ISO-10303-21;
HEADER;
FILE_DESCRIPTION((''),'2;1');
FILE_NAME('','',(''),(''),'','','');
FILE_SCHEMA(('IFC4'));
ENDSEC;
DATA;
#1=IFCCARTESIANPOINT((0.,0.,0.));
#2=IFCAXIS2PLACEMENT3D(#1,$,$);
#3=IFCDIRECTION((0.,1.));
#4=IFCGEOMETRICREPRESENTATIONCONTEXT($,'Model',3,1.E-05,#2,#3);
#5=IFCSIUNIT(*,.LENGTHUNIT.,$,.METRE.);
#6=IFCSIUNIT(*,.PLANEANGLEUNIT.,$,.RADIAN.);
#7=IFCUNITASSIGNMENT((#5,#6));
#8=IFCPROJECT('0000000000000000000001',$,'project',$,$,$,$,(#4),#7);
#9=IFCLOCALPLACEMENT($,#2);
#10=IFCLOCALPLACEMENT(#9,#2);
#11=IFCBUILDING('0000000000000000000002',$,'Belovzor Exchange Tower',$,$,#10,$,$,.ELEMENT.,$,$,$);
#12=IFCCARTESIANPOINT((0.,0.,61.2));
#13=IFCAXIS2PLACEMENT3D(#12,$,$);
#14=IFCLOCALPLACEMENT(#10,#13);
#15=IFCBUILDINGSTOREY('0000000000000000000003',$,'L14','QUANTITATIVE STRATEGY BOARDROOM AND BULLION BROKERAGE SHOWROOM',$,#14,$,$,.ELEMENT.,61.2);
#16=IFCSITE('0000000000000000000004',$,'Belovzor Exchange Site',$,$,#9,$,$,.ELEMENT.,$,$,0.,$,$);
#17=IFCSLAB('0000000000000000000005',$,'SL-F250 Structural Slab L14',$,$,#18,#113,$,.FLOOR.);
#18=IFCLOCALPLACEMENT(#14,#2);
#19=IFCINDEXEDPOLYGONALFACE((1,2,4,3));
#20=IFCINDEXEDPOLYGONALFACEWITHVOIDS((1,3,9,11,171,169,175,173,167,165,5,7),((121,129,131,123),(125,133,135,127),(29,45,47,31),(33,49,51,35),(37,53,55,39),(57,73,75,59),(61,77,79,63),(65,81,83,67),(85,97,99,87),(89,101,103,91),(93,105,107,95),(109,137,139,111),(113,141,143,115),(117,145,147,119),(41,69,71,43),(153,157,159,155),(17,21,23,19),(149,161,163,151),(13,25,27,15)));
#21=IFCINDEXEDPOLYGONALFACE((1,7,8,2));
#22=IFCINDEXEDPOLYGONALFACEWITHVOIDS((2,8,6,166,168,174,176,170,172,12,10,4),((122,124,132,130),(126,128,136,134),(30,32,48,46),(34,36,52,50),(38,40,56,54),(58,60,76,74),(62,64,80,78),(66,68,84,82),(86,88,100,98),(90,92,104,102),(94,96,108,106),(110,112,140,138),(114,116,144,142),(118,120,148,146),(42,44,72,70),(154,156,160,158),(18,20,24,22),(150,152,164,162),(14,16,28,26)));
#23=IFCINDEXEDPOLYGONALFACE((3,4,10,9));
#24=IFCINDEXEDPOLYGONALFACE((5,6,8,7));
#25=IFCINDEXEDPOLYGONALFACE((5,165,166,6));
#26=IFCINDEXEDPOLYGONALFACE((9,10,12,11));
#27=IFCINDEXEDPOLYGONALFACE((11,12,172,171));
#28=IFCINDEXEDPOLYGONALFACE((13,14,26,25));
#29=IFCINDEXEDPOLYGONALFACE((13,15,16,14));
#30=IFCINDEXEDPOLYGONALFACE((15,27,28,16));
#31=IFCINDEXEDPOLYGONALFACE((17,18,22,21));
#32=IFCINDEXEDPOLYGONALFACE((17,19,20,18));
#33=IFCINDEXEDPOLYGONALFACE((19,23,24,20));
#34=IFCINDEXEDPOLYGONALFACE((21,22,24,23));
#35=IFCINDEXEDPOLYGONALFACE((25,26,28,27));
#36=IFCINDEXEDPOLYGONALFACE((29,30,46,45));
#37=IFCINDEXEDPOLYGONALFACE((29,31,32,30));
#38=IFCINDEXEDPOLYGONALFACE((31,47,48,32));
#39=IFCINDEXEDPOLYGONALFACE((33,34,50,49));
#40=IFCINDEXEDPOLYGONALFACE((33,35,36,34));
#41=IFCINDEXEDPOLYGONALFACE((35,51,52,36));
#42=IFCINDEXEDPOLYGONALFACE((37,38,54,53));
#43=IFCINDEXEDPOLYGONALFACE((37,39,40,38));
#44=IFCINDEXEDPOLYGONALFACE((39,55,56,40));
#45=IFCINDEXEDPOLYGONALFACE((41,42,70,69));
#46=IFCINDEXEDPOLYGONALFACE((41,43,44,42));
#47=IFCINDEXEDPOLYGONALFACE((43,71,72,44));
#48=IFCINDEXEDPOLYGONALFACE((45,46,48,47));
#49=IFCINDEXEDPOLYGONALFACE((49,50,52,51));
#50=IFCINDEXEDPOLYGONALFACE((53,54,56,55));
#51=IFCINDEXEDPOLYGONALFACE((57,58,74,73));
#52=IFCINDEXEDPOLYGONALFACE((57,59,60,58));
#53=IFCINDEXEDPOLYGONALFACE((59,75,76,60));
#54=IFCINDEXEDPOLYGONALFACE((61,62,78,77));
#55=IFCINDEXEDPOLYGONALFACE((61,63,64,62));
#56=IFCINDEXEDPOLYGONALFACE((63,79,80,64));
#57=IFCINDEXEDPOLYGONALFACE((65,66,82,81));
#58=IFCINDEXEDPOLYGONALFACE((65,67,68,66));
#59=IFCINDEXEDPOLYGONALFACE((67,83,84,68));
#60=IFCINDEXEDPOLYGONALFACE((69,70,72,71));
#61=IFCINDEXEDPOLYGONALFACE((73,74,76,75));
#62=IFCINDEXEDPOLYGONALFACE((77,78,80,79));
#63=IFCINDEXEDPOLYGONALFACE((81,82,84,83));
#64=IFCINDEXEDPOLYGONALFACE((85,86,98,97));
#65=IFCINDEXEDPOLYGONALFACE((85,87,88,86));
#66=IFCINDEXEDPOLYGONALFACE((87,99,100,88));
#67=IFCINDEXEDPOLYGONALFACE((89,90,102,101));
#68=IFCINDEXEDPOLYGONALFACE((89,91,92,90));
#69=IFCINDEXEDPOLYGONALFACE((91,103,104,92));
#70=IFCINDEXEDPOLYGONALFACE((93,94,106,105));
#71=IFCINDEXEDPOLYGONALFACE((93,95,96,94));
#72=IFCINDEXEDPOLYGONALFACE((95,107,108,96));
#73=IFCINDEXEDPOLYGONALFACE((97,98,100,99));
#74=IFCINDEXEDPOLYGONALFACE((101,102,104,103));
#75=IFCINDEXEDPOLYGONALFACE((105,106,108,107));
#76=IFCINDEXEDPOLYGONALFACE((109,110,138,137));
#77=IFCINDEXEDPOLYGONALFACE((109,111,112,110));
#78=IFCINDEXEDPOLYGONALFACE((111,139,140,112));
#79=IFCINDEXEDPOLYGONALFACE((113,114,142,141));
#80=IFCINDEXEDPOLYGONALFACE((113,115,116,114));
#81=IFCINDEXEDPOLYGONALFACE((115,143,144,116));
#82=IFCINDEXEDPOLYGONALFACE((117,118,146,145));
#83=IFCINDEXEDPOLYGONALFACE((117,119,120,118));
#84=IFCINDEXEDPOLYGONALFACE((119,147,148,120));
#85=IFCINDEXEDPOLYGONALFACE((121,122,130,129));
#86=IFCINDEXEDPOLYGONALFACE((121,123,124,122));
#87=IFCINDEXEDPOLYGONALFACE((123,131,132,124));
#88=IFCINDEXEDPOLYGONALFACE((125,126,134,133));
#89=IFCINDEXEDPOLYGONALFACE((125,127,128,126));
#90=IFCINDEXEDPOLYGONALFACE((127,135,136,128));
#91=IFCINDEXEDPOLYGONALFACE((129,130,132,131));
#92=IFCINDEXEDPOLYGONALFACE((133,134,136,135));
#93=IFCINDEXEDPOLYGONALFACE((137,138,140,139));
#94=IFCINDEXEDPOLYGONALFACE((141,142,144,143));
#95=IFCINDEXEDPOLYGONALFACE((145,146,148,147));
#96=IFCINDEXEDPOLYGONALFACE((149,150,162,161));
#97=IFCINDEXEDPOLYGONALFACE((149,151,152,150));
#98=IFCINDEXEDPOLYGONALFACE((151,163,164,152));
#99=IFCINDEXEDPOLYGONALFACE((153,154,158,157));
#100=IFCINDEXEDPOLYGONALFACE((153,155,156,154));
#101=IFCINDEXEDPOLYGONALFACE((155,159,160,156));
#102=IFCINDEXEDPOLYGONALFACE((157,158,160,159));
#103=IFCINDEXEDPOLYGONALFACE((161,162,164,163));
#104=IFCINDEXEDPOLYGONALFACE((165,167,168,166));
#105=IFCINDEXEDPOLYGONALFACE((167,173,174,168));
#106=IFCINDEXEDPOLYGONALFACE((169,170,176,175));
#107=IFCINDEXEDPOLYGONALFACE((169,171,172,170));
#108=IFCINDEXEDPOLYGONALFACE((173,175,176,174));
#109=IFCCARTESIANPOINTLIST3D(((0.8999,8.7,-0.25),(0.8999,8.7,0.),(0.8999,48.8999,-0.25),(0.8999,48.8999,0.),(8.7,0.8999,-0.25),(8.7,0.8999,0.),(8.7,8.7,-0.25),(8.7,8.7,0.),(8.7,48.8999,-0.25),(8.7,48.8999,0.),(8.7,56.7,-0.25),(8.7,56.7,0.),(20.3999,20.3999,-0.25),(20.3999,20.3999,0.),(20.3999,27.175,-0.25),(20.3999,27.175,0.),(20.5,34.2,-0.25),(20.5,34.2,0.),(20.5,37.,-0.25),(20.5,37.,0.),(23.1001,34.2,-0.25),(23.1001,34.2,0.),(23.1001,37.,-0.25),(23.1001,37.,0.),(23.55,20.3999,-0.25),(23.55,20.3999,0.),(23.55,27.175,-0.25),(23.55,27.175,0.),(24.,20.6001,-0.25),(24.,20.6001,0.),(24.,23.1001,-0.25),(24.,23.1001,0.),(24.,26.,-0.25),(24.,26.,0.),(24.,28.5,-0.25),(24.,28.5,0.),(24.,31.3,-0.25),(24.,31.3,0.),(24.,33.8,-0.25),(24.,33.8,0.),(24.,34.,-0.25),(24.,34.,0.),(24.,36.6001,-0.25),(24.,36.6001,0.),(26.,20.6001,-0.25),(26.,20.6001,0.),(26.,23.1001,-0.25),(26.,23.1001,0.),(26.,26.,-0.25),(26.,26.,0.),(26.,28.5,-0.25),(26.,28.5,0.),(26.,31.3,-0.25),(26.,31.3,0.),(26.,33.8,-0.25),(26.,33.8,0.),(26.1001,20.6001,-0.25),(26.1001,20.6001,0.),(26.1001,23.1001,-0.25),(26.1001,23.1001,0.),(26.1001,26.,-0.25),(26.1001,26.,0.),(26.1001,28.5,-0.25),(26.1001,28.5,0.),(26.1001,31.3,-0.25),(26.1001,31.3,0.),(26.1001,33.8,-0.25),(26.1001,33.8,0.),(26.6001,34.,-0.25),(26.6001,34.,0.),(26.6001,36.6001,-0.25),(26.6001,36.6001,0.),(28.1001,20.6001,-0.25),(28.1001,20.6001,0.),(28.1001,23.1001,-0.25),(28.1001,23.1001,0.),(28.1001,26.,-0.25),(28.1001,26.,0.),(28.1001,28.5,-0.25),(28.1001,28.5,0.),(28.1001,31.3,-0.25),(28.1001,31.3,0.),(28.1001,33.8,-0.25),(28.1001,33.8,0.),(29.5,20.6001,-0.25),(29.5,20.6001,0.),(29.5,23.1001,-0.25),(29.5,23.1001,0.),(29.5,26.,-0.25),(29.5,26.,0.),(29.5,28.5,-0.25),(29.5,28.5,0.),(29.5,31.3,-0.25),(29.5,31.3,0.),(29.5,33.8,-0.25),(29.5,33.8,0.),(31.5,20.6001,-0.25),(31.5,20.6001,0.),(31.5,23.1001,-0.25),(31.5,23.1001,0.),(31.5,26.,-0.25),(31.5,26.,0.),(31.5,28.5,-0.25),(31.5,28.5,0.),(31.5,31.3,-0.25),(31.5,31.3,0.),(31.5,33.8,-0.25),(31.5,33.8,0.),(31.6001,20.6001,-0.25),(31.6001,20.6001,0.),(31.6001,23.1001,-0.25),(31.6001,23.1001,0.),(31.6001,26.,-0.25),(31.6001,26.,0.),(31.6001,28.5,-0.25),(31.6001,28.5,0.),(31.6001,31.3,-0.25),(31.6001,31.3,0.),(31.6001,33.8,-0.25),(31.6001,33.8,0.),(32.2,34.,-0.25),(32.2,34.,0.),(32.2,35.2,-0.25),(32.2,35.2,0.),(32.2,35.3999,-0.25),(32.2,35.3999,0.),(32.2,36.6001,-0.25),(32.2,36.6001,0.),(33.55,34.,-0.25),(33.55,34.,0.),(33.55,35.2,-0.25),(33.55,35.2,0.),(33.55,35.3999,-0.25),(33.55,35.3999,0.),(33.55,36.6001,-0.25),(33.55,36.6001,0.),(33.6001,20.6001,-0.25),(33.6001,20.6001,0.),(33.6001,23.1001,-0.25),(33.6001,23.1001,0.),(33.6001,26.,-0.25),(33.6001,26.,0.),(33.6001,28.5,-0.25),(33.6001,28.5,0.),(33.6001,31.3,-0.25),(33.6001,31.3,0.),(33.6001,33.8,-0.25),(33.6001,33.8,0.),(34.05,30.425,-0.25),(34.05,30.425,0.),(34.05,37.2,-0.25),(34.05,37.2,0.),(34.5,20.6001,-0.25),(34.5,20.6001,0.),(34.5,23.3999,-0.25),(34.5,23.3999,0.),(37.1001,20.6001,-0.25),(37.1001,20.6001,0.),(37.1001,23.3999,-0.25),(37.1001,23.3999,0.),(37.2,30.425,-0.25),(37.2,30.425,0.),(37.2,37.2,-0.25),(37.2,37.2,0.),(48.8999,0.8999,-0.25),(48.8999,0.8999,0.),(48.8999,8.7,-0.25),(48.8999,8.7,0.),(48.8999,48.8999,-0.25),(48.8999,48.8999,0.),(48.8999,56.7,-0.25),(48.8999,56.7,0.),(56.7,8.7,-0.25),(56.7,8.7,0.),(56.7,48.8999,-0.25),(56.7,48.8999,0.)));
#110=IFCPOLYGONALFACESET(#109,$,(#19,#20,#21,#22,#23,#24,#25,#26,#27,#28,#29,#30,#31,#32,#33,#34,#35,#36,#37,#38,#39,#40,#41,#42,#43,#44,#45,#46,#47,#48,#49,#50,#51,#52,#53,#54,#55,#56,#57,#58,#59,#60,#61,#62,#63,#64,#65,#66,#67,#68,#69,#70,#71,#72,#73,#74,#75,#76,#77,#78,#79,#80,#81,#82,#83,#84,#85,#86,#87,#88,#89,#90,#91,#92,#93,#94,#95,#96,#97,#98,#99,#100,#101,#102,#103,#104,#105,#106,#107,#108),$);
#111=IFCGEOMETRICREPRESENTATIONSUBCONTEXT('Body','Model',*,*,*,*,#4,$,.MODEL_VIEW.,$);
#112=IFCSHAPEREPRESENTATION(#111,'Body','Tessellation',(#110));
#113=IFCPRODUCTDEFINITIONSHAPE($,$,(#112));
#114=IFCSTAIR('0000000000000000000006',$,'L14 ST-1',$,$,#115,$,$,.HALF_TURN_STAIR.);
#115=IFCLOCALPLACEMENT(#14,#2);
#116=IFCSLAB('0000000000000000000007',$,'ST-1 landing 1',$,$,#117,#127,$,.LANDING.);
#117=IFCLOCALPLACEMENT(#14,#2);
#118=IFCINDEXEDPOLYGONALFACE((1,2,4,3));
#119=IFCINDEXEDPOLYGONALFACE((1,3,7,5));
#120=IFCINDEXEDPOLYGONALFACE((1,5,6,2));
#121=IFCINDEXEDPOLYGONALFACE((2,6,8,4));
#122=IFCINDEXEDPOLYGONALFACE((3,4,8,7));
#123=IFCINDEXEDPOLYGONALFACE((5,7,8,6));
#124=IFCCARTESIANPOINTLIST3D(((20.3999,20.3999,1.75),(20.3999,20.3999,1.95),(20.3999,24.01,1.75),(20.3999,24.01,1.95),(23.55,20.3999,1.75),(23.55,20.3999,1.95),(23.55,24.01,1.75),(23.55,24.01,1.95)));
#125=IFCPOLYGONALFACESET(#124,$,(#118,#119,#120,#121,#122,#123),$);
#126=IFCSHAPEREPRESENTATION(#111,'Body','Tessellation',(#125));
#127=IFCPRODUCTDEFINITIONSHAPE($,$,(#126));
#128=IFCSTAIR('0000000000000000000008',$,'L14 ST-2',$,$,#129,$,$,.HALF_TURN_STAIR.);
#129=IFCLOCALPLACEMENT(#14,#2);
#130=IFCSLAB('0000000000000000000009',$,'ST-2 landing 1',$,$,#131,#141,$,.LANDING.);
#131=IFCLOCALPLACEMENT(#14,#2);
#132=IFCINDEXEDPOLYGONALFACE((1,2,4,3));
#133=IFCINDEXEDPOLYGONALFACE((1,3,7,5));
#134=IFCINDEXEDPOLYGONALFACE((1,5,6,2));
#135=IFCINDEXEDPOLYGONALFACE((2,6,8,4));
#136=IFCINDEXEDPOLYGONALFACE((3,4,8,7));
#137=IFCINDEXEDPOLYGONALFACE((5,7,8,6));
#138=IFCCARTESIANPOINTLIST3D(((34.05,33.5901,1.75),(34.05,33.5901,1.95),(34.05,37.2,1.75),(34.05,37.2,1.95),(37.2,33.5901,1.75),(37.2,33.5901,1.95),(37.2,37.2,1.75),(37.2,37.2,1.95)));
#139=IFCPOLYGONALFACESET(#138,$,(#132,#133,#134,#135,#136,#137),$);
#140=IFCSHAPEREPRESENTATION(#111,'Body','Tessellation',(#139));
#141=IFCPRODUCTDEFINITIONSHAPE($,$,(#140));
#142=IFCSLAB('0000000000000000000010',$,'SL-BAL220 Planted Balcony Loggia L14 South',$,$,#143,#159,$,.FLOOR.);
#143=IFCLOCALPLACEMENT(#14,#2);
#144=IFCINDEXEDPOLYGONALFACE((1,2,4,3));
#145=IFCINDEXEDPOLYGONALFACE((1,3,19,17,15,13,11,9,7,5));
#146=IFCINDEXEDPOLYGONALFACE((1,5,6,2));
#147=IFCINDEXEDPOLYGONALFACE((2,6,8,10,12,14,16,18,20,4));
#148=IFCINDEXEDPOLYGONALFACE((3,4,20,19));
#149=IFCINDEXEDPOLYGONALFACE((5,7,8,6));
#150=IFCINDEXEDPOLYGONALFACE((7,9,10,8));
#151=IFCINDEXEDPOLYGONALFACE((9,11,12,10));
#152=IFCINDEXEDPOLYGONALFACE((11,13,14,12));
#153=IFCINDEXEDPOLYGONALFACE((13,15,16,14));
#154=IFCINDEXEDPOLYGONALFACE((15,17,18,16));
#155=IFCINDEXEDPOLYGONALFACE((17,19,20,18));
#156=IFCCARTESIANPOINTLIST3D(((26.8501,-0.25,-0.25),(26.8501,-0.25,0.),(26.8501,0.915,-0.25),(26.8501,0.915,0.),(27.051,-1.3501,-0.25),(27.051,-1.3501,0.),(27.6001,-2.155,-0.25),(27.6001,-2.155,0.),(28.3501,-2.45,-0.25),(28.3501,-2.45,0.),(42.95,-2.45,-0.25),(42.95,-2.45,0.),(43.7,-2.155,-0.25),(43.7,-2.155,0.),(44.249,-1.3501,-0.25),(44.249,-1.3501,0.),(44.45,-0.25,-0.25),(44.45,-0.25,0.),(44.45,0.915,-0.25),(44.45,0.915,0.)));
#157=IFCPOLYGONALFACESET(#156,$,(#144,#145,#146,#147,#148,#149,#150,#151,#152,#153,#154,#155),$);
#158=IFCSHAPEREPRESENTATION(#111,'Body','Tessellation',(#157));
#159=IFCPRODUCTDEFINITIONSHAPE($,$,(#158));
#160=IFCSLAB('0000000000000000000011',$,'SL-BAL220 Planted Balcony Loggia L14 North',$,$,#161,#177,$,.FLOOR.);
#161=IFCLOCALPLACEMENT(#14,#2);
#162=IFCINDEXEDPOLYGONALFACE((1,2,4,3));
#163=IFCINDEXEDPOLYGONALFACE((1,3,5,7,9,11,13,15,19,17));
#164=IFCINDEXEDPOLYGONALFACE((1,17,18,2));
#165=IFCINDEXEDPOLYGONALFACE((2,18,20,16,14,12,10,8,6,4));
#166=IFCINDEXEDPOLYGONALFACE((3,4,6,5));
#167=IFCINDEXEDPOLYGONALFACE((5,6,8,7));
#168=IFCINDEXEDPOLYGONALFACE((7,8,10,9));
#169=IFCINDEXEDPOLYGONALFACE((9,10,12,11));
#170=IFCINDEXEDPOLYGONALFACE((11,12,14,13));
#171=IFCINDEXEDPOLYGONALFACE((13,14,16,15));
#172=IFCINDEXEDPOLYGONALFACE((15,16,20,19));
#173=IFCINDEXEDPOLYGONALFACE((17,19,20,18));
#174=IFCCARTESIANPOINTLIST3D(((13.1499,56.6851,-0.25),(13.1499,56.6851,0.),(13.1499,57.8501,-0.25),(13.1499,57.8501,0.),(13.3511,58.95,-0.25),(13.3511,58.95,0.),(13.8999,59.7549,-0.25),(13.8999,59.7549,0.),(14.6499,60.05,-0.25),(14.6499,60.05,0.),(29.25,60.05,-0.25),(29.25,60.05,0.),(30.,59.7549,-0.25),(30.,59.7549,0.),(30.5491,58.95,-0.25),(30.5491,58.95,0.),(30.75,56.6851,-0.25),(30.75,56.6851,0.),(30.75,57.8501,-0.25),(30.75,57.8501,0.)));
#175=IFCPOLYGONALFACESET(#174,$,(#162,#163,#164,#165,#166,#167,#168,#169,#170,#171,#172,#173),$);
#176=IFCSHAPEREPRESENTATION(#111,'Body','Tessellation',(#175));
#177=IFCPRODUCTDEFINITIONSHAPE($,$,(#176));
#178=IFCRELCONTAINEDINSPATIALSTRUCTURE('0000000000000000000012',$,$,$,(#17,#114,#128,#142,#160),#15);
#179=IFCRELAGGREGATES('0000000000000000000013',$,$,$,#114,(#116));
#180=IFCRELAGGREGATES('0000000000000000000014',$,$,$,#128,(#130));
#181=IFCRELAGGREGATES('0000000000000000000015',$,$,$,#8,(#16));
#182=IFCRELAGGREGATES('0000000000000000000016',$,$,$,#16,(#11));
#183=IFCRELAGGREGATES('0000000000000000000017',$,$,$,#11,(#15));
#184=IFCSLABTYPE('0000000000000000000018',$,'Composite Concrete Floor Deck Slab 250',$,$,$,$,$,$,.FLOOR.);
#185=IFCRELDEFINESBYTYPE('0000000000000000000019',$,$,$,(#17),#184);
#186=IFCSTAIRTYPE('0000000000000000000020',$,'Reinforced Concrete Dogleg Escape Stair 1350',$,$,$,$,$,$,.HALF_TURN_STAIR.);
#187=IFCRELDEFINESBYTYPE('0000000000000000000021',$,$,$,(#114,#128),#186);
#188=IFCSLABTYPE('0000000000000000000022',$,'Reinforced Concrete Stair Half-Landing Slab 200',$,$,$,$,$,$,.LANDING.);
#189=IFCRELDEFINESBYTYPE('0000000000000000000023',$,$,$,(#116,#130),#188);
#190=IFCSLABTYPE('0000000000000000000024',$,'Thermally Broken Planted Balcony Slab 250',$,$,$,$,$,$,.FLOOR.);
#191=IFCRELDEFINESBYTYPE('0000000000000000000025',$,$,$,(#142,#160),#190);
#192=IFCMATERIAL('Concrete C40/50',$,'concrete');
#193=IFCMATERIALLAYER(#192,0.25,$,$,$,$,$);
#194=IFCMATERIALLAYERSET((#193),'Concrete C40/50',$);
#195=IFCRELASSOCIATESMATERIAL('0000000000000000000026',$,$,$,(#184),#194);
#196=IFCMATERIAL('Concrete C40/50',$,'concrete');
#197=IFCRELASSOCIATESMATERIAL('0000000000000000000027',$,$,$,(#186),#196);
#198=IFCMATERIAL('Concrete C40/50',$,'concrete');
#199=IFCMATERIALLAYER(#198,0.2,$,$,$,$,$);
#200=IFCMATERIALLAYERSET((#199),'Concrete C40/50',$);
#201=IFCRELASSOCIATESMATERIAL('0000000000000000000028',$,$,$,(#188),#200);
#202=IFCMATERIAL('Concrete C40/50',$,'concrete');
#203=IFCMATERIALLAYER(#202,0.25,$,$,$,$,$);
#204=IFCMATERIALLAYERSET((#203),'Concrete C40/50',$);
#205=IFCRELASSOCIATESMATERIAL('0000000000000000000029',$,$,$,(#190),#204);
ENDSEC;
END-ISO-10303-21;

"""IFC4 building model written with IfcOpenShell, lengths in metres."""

from ifc_helpers import new_model, si_unit, direction, frame, origin, place, context, subcontext, project, spatial, polyline, outline, extrude, material, layer, layer_set, type_object, element, aggregate, save


model = new_model("IFC4")

# Units and contexts
model_context = context("Model", 3, precision=1e-05, world=origin(), true_north=direction((0.0, 1.0)))
body_context = subcontext(model_context, "Body", "Model", "MODEL_VIEW")
ifc_project = project(units=[si_unit("LENGTHUNIT", "METRE"), si_unit("PLANEANGLEUNIT", "RADIAN")], contexts=[model_context])

# Site, building, storey
site_placement = place(None, origin())
site = spatial("IfcSite", under=ifc_project, at=site_placement, Name="Belovzor Exchange Site", CompositionType="ELEMENT", RefElevation=0.0)
building_placement = place(site_placement, origin())
building = spatial("IfcBuilding", under=site, at=building_placement, Name="Belovzor Exchange Tower", CompositionType="ELEMENT")
storey_placement = place(building_placement, frame((0.0, 0.0, 61.2)))
storey = spatial("IfcBuildingStorey", under=building, at=storey_placement, Name="L14", Description="QUANTITATIVE STRATEGY BOARDROOM AND BULLION BROKERAGE SHOWROOM", CompositionType="ELEMENT", Elevation=61.2)

# Slab
ifc_material_1 = material(Name="Concrete C40/50", Category="concrete")
ifc_layer_1 = layer(ifc_material_1, 0.25)
ifc_layer_set_1 = layer_set([ifc_layer_1], Name="Concrete C40/50")
slab_type_1 = type_object("IfcSlabType", Name="Composite Concrete Floor Deck Slab 250", PredefinedType="FLOOR", material=ifc_layer_set_1)
slab_1_placement = place(storey_placement, frame((0.0, 0.0, -0.25)))
element("IfcSlab", 1, at=slab_1_placement, inside=storey, type_object=slab_type_1, Name="SL-F250 Structural Slab L14", PredefinedType="FLOOR", context=body_context, shape_type="SweptSolid", body=[
    extrude(outline(polyline([(8.7, 0.8999), (48.8999, 0.8999), (48.8999, 8.7), (56.7, 8.7), (56.7, 48.8999), (48.8999, 48.8999), (48.8999, 56.7), (8.7, 56.7), (8.7, 48.8999), (0.8999, 48.8999), (0.8999, 8.7), (8.7, 8.7), (8.7, 0.8999)]), holes=[polyline([(20.3999, 27.175), (20.3999, 20.3999), (23.55, 20.3999), (23.55, 27.175), (20.3999, 27.175)]), polyline([(37.2, 30.425), (37.2, 37.2), (34.05, 37.2), (34.05, 30.425), (37.2, 30.425)]), polyline([(20.5, 34.2), (23.1001, 34.2), (23.1001, 37.0), (20.5, 37.0), (20.5, 34.2)]), polyline([(34.5, 20.6001), (37.1001, 20.6001), (37.1001, 23.3999), (34.5, 23.3999), (34.5, 20.6001)]), polyline([(24.0, 34.0), (26.6001, 34.0), (26.6001, 36.6001), (24.0, 36.6001), (24.0, 34.0)]), polyline([(24.0, 20.6001), (26.0, 20.6001), (26.0, 23.1001), (24.0, 23.1001), (24.0, 20.6001)]), polyline([(26.1001, 20.6001), (28.1001, 20.6001), (28.1001, 23.1001), (26.1001, 23.1001), (26.1001, 20.6001)]), polyline([(29.5, 20.6001), (31.5, 20.6001), (31.5, 23.1001), (29.5, 23.1001), (29.5, 20.6001)]), polyline([(31.6001, 20.6001), (33.6001, 20.6001), (33.6001, 23.1001), (31.6001, 23.1001), (31.6001, 20.6001)]), polyline([(24.0, 26.0), (26.0, 26.0), (26.0, 28.5), (24.0, 28.5), (24.0, 26.0)]), polyline([(26.1001, 26.0), (28.1001, 26.0), (28.1001, 28.5), (26.1001, 28.5), (26.1001, 26.0)]), polyline([(29.5, 26.0), (31.5, 26.0), (31.5, 28.5), (29.5, 28.5), (29.5, 26.0)]), polyline([(31.6001, 26.0), (33.6001, 26.0), (33.6001, 28.5), (31.6001, 28.5), (31.6001, 26.0)]), polyline([(24.0, 31.3), (26.0, 31.3), (26.0, 33.8), (24.0, 33.8), (24.0, 31.3)]), polyline([(26.1001, 31.3), (28.1001, 31.3), (28.1001, 33.8), (26.1001, 33.8), (26.1001, 31.3)]), polyline([(29.5, 31.3), (31.5, 31.3), (31.5, 33.8), (29.5, 33.8), (29.5, 31.3)]), polyline([(31.6001, 31.3), (33.6001, 31.3), (33.6001, 33.8), (31.6001, 33.8), (31.6001, 31.3)]), polyline([(32.2, 34.0), (33.55, 34.0), (33.55, 35.2), (32.2, 35.2), (32.2, 34.0)]), polyline([(32.2, 35.3999), (33.55, 35.3999), (33.55, 36.6001), (32.2, 36.6001), (32.2, 35.3999)])]), origin(), (0.0, 0.0, 1.0), 0.25),
])

# Stairs, slabs
ifc_material_2 = material(Name="Concrete C40/50", Category="concrete")
stair_type = type_object("IfcStairType", Name="Reinforced Concrete Dogleg Escape Stair 1350", PredefinedType="HALF_TURN_STAIR", material=ifc_material_2)
stair_1_placement = place(storey_placement, origin())
stair_1 = element("IfcStair", 2, at=stair_1_placement, inside=storey, type_object=stair_type, Name="L14 ST-1", PredefinedType="HALF_TURN_STAIR")
ifc_material_3 = material(Name="Concrete C40/50", Category="concrete")
ifc_layer_2 = layer(ifc_material_3, 0.2)
ifc_layer_set_2 = layer_set([ifc_layer_2], Name="Concrete C40/50")
slab_type_2 = type_object("IfcSlabType", Name="Reinforced Concrete Stair Half-Landing Slab 200", PredefinedType="LANDING", material=ifc_layer_set_2)
slab_2_placement = place(storey_placement, frame((0.0, 0.0, 1.75)))
slab_2 = element("IfcSlab", 3, at=slab_2_placement, type_object=slab_type_2, Name="ST-1 landing 1", PredefinedType="LANDING", context=body_context, shape_type="SweptSolid", body=[
    extrude(outline(polyline([(20.3999, 24.01), (20.3999, 20.3999), (23.55, 20.3999), (23.55, 24.01), (20.3999, 24.01)])), origin(), (0.0, 0.0, 1.0), 0.2),
])
aggregate(stair_1, [slab_2])
stair_2_placement = place(storey_placement, origin())
stair_2 = element("IfcStair", 4, at=stair_2_placement, inside=storey, type_object=stair_type, Name="L14 ST-2", PredefinedType="HALF_TURN_STAIR")
slab_3_placement = place(storey_placement, frame((0.0, 0.0, 1.75)))
slab_3 = element("IfcSlab", 5, at=slab_3_placement, type_object=slab_type_2, Name="ST-2 landing 1", PredefinedType="LANDING", context=body_context, shape_type="SweptSolid", body=[
    extrude(outline(polyline([(37.2, 33.5901), (37.2, 37.2), (34.05, 37.2), (34.05, 33.5901), (37.2, 33.5901)])), origin(), (0.0, 0.0, 1.0), 0.2),
])
aggregate(stair_2, [slab_3])

# Slabs
ifc_material_4 = material(Name="Concrete C40/50", Category="concrete")
ifc_layer_3 = layer(ifc_material_4, 0.25)
ifc_layer_set_3 = layer_set([ifc_layer_3], Name="Concrete C40/50")
slab_type_3 = type_object("IfcSlabType", Name="Thermally Broken Planted Balcony Slab 250", PredefinedType="FLOOR", material=ifc_layer_set_3)
slab_4_placement = place(storey_placement, frame((0.0, 0.0, -0.25)))
element("IfcSlab", 6, at=slab_4_placement, inside=storey, type_object=slab_type_3, Name="SL-BAL220 Planted Balcony Loggia L14 South", PredefinedType="FLOOR", context=body_context, shape_type="SweptSolid", body=[
    extrude(outline(polyline([(26.8501, 0.915), (26.8501, -0.25), (27.051, -1.3501), (27.6001, -2.155), (28.3501, -2.45), (42.95, -2.45), (43.7, -2.155), (44.249, -1.3501), (44.45, -0.25), (44.45, 0.915), (26.8501, 0.915)])), origin(), (0.0, 0.0, 1.0), 0.25),
])
slab_5_placement = place(storey_placement, frame((0.0, 0.0, -0.25)))
element("IfcSlab", 7, at=slab_5_placement, inside=storey, type_object=slab_type_3, Name="SL-BAL220 Planted Balcony Loggia L14 North", PredefinedType="FLOOR", context=body_context, shape_type="SweptSolid", body=[
    extrude(outline(polyline([(30.75, 56.6851), (30.75, 57.8501), (30.5491, 58.95), (30.0, 59.7549), (29.25, 60.05), (14.6499, 60.05), (13.8999, 59.7549), (13.3511, 58.95), (13.1499, 57.8501), (13.1499, 56.6851), (30.75, 56.6851)])), origin(), (0.0, 0.0, 1.0), 0.25),
])

save(model, "model.ifc")
